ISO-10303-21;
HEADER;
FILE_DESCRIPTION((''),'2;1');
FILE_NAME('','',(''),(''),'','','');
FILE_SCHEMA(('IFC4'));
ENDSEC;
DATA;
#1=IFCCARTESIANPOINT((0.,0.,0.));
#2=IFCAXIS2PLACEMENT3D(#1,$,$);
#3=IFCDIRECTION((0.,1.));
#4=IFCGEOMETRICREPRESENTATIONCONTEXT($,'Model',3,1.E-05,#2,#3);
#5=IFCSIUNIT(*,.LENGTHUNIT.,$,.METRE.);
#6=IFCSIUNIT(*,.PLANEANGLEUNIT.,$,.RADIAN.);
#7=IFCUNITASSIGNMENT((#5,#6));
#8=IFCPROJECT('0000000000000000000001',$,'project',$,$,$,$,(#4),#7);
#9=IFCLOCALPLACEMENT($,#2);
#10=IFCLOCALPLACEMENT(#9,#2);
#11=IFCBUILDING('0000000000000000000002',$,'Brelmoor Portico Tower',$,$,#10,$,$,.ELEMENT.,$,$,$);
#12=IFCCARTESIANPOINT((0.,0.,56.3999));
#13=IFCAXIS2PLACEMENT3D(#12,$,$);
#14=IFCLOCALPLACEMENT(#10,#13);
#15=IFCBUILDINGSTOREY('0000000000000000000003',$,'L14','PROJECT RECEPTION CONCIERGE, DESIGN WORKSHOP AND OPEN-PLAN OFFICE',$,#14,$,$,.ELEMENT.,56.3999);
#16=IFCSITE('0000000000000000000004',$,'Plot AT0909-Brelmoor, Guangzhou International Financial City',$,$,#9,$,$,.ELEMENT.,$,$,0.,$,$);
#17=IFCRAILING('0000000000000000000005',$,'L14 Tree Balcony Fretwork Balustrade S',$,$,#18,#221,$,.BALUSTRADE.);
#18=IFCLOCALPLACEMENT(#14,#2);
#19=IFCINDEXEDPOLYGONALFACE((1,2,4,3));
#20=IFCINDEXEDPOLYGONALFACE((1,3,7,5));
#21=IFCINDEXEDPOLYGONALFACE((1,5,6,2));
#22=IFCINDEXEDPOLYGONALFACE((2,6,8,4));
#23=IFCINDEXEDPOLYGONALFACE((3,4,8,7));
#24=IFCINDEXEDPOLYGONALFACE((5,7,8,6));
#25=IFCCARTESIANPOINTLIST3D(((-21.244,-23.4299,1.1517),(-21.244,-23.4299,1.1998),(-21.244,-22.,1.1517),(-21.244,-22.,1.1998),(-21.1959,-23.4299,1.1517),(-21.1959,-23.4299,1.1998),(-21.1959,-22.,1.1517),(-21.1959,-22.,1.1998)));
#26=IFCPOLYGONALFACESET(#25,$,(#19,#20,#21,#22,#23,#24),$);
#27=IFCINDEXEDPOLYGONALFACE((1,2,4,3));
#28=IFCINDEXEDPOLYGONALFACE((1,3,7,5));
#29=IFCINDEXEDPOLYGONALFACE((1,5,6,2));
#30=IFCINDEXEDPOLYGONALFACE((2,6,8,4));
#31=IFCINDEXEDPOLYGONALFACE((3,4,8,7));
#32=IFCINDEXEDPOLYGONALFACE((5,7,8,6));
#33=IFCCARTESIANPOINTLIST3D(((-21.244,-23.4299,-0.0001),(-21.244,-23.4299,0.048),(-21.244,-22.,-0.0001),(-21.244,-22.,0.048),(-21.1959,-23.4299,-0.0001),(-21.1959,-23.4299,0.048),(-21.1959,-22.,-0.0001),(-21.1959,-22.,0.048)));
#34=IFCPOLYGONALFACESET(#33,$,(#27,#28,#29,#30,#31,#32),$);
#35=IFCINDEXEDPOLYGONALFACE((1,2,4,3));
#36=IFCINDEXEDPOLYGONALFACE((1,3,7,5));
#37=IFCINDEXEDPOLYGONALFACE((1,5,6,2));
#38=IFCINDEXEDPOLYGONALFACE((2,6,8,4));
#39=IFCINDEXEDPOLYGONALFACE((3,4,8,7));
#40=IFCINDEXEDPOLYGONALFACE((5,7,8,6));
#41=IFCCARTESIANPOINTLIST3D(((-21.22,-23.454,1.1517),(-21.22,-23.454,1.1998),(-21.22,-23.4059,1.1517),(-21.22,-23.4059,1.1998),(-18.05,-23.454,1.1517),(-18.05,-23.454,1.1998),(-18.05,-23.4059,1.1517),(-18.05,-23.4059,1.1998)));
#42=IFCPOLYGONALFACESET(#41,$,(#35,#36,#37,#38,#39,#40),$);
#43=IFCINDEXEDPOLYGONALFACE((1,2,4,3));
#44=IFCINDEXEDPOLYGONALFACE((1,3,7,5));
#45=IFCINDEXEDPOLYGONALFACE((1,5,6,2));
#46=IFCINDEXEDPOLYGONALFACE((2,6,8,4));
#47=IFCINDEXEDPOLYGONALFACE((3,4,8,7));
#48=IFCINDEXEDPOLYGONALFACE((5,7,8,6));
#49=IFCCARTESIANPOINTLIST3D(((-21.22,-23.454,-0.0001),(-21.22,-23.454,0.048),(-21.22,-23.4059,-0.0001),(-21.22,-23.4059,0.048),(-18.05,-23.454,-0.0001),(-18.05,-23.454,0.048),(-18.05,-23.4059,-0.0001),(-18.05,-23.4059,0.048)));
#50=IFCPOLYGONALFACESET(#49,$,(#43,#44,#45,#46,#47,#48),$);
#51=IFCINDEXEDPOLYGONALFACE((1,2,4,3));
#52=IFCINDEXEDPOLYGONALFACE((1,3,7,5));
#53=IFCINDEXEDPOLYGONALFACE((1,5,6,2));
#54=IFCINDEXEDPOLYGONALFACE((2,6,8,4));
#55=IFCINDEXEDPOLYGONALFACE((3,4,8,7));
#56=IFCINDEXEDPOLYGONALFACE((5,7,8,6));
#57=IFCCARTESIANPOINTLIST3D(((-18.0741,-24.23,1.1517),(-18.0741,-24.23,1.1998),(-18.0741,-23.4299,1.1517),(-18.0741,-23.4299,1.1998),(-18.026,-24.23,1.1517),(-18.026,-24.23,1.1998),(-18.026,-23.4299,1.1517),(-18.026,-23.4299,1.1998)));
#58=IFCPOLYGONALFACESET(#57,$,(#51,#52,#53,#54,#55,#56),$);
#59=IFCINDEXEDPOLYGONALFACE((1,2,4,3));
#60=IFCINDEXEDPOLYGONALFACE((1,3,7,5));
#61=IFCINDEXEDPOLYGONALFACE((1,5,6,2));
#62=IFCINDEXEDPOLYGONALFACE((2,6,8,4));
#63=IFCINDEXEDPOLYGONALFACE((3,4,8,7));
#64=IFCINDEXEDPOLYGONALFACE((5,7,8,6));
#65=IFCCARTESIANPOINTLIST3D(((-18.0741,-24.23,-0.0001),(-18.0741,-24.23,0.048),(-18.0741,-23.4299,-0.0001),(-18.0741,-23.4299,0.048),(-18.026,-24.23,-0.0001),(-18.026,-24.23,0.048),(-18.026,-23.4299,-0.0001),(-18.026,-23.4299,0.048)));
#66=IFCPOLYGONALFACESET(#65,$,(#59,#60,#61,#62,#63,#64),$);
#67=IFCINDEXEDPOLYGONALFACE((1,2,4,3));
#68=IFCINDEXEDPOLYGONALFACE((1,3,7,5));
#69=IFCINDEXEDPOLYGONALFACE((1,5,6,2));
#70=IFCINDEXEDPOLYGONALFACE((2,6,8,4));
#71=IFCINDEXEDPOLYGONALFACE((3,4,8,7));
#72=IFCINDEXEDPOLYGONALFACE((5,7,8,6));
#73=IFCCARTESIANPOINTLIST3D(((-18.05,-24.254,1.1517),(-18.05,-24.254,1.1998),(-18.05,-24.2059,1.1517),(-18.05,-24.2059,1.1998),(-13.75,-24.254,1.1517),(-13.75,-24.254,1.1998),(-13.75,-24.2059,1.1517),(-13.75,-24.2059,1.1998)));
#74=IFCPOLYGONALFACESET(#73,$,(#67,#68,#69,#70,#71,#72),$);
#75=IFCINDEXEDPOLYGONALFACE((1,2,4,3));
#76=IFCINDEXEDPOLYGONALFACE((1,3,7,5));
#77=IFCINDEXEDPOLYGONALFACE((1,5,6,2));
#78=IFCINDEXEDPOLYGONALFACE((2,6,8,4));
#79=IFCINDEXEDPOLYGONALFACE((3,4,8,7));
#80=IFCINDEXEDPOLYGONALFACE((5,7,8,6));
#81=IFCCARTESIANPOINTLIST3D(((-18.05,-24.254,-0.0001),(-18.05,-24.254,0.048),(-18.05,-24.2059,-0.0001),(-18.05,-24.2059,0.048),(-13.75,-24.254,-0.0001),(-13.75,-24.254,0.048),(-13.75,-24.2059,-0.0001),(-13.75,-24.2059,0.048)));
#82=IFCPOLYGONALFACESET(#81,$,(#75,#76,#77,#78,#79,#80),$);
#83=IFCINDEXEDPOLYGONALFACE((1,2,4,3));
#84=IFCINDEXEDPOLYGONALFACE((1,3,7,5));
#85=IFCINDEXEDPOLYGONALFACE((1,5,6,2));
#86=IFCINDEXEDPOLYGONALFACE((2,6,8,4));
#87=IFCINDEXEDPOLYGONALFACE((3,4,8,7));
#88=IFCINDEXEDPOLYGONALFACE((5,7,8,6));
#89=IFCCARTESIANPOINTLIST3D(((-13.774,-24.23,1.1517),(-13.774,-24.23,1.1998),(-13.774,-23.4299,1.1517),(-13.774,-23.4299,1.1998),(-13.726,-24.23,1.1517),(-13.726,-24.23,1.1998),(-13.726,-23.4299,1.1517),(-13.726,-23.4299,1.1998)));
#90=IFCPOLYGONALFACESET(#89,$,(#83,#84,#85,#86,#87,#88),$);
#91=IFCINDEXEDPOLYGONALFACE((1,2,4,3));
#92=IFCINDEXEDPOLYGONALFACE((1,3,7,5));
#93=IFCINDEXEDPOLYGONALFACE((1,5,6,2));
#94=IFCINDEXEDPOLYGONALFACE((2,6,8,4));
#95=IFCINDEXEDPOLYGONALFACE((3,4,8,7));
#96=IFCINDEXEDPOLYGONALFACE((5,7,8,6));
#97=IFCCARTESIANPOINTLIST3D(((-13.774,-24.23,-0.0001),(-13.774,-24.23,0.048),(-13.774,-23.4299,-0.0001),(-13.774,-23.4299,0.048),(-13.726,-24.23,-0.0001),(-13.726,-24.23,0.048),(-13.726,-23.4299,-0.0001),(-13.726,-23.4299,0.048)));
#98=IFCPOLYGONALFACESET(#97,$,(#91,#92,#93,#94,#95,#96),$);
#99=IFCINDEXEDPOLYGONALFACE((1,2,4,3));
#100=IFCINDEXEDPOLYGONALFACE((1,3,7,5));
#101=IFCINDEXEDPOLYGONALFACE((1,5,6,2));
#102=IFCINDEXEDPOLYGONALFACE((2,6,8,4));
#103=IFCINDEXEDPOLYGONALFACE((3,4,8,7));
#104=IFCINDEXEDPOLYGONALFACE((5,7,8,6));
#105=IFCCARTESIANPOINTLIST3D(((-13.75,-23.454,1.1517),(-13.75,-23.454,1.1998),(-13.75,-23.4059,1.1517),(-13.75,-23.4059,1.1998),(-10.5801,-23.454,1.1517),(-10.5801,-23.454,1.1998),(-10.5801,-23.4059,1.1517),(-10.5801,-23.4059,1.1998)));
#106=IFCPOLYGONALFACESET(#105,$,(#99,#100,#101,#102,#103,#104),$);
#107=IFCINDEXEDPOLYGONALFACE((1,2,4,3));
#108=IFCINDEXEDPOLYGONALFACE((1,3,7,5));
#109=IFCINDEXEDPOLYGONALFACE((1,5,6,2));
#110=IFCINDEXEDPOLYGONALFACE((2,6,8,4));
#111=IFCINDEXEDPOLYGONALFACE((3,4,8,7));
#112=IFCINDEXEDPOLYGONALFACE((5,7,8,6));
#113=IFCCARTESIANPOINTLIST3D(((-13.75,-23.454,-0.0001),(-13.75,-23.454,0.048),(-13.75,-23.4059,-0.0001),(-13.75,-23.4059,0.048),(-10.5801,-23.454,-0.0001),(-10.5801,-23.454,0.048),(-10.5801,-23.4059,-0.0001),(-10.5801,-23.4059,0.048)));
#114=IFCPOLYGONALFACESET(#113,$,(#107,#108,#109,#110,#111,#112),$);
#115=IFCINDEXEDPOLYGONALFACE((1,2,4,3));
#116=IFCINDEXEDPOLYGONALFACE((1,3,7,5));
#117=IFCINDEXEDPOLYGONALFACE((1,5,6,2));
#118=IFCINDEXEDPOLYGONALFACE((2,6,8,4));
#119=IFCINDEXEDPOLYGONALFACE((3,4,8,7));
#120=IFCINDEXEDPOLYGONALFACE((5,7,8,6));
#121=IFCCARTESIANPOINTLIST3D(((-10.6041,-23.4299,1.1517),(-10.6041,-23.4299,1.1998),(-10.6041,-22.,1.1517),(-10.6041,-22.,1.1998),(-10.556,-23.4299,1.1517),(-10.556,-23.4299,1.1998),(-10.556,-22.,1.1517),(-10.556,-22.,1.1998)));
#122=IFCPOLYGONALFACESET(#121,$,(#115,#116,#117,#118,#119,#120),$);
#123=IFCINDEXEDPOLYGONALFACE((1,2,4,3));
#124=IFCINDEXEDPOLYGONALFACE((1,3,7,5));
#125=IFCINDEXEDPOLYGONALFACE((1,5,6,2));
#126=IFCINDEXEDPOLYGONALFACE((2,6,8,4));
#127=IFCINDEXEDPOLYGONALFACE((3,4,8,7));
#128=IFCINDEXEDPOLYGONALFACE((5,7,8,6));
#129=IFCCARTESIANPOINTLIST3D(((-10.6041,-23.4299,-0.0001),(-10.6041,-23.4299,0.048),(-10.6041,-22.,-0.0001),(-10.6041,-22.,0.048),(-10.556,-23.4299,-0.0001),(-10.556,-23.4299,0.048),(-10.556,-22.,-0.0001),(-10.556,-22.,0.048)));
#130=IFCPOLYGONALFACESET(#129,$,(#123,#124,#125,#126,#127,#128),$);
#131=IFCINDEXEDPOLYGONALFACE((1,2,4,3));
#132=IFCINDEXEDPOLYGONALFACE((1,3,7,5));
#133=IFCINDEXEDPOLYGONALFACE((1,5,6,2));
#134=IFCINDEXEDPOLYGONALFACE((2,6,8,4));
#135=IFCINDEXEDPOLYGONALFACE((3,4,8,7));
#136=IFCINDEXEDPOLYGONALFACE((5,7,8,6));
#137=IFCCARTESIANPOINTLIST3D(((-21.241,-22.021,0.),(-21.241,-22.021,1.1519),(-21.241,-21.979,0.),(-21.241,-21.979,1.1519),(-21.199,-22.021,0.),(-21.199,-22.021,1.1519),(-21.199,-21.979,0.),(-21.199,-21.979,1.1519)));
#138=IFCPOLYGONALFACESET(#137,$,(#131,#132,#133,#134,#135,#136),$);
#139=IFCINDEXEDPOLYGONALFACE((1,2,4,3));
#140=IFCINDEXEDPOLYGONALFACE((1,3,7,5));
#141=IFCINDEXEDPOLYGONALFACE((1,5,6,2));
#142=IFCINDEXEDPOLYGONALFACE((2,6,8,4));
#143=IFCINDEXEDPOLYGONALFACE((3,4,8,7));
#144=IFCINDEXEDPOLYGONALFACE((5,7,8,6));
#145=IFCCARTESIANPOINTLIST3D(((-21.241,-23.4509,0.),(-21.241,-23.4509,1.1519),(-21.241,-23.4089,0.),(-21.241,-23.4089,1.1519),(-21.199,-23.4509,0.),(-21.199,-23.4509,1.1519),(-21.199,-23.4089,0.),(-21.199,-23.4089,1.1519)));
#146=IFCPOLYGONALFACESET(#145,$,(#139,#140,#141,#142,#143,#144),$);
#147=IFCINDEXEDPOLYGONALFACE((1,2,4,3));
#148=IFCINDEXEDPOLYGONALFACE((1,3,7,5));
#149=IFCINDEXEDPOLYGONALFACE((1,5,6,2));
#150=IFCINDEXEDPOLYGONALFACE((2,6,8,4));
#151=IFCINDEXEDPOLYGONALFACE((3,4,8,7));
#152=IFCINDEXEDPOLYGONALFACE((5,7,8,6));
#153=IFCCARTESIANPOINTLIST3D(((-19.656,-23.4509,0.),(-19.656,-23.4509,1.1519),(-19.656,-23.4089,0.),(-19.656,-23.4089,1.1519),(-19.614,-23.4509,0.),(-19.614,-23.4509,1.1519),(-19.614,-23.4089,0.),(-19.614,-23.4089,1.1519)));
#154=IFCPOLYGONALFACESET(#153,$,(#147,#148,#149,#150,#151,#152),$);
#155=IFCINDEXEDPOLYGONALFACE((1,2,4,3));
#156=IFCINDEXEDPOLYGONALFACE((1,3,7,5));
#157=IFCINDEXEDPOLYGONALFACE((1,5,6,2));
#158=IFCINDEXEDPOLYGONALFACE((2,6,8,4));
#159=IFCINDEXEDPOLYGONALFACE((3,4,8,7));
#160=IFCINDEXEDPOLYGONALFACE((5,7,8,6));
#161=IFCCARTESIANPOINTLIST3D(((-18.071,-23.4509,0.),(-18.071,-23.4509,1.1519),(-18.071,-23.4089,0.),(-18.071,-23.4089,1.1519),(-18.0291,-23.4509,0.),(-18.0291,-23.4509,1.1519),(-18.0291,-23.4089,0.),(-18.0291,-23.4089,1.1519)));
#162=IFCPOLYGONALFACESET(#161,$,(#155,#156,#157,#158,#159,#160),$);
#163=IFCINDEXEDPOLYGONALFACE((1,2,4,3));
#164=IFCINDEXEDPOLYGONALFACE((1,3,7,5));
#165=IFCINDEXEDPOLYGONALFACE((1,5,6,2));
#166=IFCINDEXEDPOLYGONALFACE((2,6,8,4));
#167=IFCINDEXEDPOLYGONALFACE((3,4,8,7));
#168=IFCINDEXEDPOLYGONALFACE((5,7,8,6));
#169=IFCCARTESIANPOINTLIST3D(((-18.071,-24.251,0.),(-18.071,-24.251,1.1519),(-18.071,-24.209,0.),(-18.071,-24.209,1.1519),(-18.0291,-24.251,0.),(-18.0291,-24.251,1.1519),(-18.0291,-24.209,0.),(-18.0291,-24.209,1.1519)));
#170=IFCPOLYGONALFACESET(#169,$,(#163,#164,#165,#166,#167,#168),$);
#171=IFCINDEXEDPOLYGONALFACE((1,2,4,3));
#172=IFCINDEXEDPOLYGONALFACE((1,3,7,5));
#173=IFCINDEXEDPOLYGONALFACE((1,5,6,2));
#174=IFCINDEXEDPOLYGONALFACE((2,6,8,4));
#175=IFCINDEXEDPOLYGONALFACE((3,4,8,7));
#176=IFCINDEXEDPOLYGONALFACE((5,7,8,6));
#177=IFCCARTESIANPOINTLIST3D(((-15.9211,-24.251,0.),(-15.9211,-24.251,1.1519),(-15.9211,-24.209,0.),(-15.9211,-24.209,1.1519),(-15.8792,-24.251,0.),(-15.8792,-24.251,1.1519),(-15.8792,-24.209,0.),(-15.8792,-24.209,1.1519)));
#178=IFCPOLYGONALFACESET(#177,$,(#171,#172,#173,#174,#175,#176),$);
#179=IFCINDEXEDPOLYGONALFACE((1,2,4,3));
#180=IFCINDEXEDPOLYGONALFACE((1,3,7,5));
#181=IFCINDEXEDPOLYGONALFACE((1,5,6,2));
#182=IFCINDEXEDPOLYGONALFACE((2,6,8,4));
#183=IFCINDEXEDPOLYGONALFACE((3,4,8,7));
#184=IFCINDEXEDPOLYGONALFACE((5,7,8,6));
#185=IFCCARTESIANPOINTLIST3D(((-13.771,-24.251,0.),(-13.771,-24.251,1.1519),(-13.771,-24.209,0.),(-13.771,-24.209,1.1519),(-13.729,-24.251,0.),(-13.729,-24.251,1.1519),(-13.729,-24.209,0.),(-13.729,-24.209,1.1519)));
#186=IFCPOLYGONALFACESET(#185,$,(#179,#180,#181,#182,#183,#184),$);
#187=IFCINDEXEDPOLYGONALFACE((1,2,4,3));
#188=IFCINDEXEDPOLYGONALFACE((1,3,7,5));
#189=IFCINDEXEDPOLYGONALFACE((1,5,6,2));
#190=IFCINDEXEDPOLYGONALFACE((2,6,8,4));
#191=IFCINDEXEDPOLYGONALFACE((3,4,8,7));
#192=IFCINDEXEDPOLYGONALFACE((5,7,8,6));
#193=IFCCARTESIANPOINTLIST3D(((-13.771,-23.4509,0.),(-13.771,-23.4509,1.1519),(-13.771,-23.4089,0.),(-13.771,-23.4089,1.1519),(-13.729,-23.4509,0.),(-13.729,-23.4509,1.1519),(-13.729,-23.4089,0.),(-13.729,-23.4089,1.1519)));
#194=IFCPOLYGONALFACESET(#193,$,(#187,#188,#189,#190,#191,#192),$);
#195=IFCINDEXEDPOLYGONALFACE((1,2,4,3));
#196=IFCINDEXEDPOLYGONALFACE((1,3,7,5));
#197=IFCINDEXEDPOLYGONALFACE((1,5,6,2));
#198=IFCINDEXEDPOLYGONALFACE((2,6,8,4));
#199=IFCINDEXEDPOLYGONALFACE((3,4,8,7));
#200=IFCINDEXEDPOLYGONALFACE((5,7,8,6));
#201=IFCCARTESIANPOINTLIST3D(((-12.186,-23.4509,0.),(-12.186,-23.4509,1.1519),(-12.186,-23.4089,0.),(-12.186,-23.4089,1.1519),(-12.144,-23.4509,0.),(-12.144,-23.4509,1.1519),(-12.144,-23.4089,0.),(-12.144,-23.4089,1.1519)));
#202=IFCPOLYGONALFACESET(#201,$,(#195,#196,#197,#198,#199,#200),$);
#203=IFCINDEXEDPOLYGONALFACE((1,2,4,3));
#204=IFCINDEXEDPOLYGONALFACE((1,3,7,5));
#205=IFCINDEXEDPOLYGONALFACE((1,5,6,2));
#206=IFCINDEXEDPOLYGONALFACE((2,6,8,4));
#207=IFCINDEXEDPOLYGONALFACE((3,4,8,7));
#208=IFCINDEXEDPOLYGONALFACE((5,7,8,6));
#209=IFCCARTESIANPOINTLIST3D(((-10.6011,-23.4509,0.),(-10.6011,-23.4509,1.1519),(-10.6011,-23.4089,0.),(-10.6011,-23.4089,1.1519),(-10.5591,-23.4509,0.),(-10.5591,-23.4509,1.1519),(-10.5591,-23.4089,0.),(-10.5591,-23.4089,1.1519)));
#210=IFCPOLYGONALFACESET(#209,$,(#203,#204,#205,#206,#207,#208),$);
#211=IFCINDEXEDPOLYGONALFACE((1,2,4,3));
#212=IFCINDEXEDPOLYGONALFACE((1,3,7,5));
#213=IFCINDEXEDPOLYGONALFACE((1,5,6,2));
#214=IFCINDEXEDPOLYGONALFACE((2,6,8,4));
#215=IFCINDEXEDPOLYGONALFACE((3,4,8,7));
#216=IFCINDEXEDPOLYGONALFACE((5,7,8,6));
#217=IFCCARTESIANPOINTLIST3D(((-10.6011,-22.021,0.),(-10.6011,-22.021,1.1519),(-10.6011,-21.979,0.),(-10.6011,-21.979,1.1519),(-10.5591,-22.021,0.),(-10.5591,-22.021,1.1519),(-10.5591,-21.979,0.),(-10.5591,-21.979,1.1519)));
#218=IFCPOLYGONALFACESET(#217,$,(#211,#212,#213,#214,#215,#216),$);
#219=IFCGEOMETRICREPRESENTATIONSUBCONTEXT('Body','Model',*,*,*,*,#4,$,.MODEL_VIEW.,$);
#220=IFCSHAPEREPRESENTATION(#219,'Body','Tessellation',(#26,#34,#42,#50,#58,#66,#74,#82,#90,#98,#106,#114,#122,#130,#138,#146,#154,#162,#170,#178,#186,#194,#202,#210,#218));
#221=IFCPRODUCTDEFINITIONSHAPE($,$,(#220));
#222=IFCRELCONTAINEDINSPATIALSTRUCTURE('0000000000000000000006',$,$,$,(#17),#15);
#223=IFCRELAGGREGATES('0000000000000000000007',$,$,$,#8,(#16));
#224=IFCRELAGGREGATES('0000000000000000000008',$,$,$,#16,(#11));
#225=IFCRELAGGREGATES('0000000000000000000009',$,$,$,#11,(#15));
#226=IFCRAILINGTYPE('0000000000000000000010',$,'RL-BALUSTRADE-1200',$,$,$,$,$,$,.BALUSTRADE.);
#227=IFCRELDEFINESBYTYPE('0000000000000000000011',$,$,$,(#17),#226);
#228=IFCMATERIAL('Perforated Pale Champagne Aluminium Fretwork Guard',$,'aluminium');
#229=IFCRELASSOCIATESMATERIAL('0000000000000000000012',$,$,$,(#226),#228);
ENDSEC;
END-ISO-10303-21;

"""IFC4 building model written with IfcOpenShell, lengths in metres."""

from ifc_helpers import new_model, si_unit, direction, frame, origin, origin_2d, place, context, subcontext, project, spatial, rectangle, extrude, material, type_object, element, save


model = new_model("IFC4")

# Units and contexts
model_context = context("Model", 3, precision=1e-05, world=origin(), true_north=direction((0.0, 1.0)))
body_context = subcontext(model_context, "Body", "Model", "MODEL_VIEW")
ifc_project = project(units=[si_unit("LENGTHUNIT", "METRE"), si_unit("PLANEANGLEUNIT", "RADIAN")], contexts=[model_context])

# Site, building, storey
site_placement = place(None, origin())
site = spatial("IfcSite", under=ifc_project, at=site_placement, Name="Plot AT0909-Brelmoor, Guangzhou International Financial City", CompositionType="ELEMENT", RefElevation=0.0)
building_placement = place(site_placement, origin())
building = spatial("IfcBuilding", under=site, at=building_placement, Name="Brelmoor Portico Tower", CompositionType="ELEMENT")
storey_placement = place(building_placement, frame((0.0, 0.0, 56.3999)))
storey = spatial("IfcBuildingStorey", under=building, at=storey_placement, Name="L14", Description="PROJECT RECEPTION CONCIERGE, DESIGN WORKSHOP AND OPEN-PLAN OFFICE", CompositionType="ELEMENT", Elevation=56.3999)

# Railing
ifc_material_1 = material(Name="Perforated Pale Champagne Aluminium Fretwork Guard", Category="aluminium")
railing_type = type_object("IfcRailingType", Name="RL-BALUSTRADE-1200", PredefinedType="BALUSTRADE", material=ifc_material_1)
railing_1_placement = place(storey_placement, frame((-21.22, -22.0, 0.0)))
element("IfcRailing", 1, at=railing_1_placement, inside=storey, type_object=railing_type, Name="L14 Tree Balcony Fretwork Balustrade S", PredefinedType="BALUSTRADE", context=body_context, shape_type="SweptSolid", body=[
    extrude(rectangle(XDim=0.0481, YDim=0.0481, at=origin_2d()), frame((0.0, 0.0, 1.1758), z_axis=(0.0, -1.0, 0.0), x_axis=(1.0, 0.0, 0.0)), (0.0, 0.0, 1.0), 1.4299),
    extrude(rectangle(XDim=0.0481, YDim=0.0481, at=origin_2d()), frame((0.0, 0.0, 0.0239), z_axis=(0.0, -1.0, 0.0), x_axis=(1.0, 0.0, 0.0)), (0.0, 0.0, 1.0), 1.4299),
    extrude(rectangle(XDim=0.0481, YDim=0.0481, at=origin_2d()), frame((0.0, -1.4299, 1.1758), z_axis=(1.0, 0.0, 0.0), x_axis=(0.0, 1.0, 0.0)), (0.0, 0.0, 1.0), 3.1699),
    extrude(rectangle(XDim=0.0481, YDim=0.0481, at=origin_2d()), frame((0.0, -1.4299, 0.0239), z_axis=(1.0, 0.0, 0.0), x_axis=(0.0, 1.0, 0.0)), (0.0, 0.0, 1.0), 3.1699),
    extrude(rectangle(XDim=0.0481, YDim=0.0481, at=origin_2d()), frame((3.1699, -1.4299, 1.1758), z_axis=(0.0, -1.0, 0.0), x_axis=(1.0, 0.0, 0.0)), (0.0, 0.0, 1.0), 0.8),
    extrude(rectangle(XDim=0.0481, YDim=0.0481, at=origin_2d()), frame((3.1699, -1.4299, 0.0239), z_axis=(0.0, -1.0, 0.0), x_axis=(1.0, 0.0, 0.0)), (0.0, 0.0, 1.0), 0.8),
    extrude(rectangle(XDim=0.0481, YDim=0.0481, at=origin_2d()), frame((3.1699, -2.23, 1.1758), z_axis=(1.0, 0.0, 0.0), x_axis=(0.0, 1.0, 0.0)), (0.0, 0.0, 1.0), 4.3),
    extrude(rectangle(XDim=0.0481, YDim=0.0481, at=origin_2d()), frame((3.1699, -2.23, 0.0239), z_axis=(1.0, 0.0, 0.0), x_axis=(0.0, 1.0, 0.0)), (0.0, 0.0, 1.0), 4.3),
    extrude(rectangle(XDim=0.0481, YDim=0.0481, at=origin_2d()), frame((7.47, -2.23, 1.1758), z_axis=(0.0, 1.0, 0.0), x_axis=(-1.0, 0.0, 0.0)), (0.0, 0.0, 1.0), 0.8),
    extrude(rectangle(XDim=0.0481, YDim=0.0481, at=origin_2d()), frame((7.47, -2.23, 0.0239), z_axis=(0.0, 1.0, 0.0), x_axis=(-1.0, 0.0, 0.0)), (0.0, 0.0, 1.0), 0.8),
    extrude(rectangle(XDim=0.0481, YDim=0.0481, at=origin_2d()), frame((7.47, -1.4299, 1.1758), z_axis=(1.0, 0.0, 0.0), x_axis=(0.0, 1.0, 0.0)), (0.0, 0.0, 1.0), 3.1699),
    extrude(rectangle(XDim=0.0481, YDim=0.0481, at=origin_2d()), frame((7.47, -1.4299, 0.0239), z_axis=(1.0, 0.0, 0.0), x_axis=(0.0, 1.0, 0.0)), (0.0, 0.0, 1.0), 3.1699),
    extrude(rectangle(XDim=0.0481, YDim=0.0481, at=origin_2d()), frame((10.6399, -1.4299, 1.1758), z_axis=(0.0, 1.0, 0.0), x_axis=(-1.0, 0.0, 0.0)), (0.0, 0.0, 1.0), 1.4299),
    extrude(rectangle(XDim=0.0481, YDim=0.0481, at=origin_2d()), frame((10.6399, -1.4299, 0.0239), z_axis=(0.0, 1.0, 0.0), x_axis=(-1.0, 0.0, 0.0)), (0.0, 0.0, 1.0), 1.4299),
    extrude(rectangle(XDim=0.042, YDim=0.042, at=origin_2d()), origin(), (0.0, 0.0, 1.0), 1.1519),
    extrude(rectangle(XDim=0.042, YDim=0.042, at=origin_2d()), frame((0.0, -1.4299, 0.0)), (0.0, 0.0, 1.0), 1.1519),
    extrude(rectangle(XDim=0.042, YDim=0.042, at=origin_2d()), frame((1.585, -1.4299, 0.0)), (0.0, 0.0, 1.0), 1.1519),
    extrude(rectangle(XDim=0.042, YDim=0.042, at=origin_2d()), frame((3.1699, -1.4299, 0.0)), (0.0, 0.0, 1.0), 1.1519),
    extrude(rectangle(XDim=0.042, YDim=0.042, at=origin_2d()), frame((3.1699, -2.23, 0.0)), (0.0, 0.0, 1.0), 1.1519),
    extrude(rectangle(XDim=0.042, YDim=0.042, at=origin_2d()), frame((5.3198, -2.23, 0.0)), (0.0, 0.0, 1.0), 1.1519),
    extrude(rectangle(XDim=0.042, YDim=0.042, at=origin_2d()), frame((7.47, -2.23, 0.0)), (0.0, 0.0, 1.0), 1.1519),
    extrude(rectangle(XDim=0.042, YDim=0.042, at=origin_2d()), frame((7.47, -1.4299, 0.0)), (0.0, 0.0, 1.0), 1.1519),
    extrude(rectangle(XDim=0.042, YDim=0.042, at=origin_2d()), frame((9.0549, -1.4299, 0.0)), (0.0, 0.0, 1.0), 1.1519),
    extrude(rectangle(XDim=0.042, YDim=0.042, at=origin_2d()), frame((10.6399, -1.4299, 0.0)), (0.0, 0.0, 1.0), 1.1519),
    extrude(rectangle(XDim=0.042, YDim=0.042, at=origin_2d()), frame((10.6399, 0.0, 0.0)), (0.0, 0.0, 1.0), 1.1519),
])

save(model, "model.ifc")
